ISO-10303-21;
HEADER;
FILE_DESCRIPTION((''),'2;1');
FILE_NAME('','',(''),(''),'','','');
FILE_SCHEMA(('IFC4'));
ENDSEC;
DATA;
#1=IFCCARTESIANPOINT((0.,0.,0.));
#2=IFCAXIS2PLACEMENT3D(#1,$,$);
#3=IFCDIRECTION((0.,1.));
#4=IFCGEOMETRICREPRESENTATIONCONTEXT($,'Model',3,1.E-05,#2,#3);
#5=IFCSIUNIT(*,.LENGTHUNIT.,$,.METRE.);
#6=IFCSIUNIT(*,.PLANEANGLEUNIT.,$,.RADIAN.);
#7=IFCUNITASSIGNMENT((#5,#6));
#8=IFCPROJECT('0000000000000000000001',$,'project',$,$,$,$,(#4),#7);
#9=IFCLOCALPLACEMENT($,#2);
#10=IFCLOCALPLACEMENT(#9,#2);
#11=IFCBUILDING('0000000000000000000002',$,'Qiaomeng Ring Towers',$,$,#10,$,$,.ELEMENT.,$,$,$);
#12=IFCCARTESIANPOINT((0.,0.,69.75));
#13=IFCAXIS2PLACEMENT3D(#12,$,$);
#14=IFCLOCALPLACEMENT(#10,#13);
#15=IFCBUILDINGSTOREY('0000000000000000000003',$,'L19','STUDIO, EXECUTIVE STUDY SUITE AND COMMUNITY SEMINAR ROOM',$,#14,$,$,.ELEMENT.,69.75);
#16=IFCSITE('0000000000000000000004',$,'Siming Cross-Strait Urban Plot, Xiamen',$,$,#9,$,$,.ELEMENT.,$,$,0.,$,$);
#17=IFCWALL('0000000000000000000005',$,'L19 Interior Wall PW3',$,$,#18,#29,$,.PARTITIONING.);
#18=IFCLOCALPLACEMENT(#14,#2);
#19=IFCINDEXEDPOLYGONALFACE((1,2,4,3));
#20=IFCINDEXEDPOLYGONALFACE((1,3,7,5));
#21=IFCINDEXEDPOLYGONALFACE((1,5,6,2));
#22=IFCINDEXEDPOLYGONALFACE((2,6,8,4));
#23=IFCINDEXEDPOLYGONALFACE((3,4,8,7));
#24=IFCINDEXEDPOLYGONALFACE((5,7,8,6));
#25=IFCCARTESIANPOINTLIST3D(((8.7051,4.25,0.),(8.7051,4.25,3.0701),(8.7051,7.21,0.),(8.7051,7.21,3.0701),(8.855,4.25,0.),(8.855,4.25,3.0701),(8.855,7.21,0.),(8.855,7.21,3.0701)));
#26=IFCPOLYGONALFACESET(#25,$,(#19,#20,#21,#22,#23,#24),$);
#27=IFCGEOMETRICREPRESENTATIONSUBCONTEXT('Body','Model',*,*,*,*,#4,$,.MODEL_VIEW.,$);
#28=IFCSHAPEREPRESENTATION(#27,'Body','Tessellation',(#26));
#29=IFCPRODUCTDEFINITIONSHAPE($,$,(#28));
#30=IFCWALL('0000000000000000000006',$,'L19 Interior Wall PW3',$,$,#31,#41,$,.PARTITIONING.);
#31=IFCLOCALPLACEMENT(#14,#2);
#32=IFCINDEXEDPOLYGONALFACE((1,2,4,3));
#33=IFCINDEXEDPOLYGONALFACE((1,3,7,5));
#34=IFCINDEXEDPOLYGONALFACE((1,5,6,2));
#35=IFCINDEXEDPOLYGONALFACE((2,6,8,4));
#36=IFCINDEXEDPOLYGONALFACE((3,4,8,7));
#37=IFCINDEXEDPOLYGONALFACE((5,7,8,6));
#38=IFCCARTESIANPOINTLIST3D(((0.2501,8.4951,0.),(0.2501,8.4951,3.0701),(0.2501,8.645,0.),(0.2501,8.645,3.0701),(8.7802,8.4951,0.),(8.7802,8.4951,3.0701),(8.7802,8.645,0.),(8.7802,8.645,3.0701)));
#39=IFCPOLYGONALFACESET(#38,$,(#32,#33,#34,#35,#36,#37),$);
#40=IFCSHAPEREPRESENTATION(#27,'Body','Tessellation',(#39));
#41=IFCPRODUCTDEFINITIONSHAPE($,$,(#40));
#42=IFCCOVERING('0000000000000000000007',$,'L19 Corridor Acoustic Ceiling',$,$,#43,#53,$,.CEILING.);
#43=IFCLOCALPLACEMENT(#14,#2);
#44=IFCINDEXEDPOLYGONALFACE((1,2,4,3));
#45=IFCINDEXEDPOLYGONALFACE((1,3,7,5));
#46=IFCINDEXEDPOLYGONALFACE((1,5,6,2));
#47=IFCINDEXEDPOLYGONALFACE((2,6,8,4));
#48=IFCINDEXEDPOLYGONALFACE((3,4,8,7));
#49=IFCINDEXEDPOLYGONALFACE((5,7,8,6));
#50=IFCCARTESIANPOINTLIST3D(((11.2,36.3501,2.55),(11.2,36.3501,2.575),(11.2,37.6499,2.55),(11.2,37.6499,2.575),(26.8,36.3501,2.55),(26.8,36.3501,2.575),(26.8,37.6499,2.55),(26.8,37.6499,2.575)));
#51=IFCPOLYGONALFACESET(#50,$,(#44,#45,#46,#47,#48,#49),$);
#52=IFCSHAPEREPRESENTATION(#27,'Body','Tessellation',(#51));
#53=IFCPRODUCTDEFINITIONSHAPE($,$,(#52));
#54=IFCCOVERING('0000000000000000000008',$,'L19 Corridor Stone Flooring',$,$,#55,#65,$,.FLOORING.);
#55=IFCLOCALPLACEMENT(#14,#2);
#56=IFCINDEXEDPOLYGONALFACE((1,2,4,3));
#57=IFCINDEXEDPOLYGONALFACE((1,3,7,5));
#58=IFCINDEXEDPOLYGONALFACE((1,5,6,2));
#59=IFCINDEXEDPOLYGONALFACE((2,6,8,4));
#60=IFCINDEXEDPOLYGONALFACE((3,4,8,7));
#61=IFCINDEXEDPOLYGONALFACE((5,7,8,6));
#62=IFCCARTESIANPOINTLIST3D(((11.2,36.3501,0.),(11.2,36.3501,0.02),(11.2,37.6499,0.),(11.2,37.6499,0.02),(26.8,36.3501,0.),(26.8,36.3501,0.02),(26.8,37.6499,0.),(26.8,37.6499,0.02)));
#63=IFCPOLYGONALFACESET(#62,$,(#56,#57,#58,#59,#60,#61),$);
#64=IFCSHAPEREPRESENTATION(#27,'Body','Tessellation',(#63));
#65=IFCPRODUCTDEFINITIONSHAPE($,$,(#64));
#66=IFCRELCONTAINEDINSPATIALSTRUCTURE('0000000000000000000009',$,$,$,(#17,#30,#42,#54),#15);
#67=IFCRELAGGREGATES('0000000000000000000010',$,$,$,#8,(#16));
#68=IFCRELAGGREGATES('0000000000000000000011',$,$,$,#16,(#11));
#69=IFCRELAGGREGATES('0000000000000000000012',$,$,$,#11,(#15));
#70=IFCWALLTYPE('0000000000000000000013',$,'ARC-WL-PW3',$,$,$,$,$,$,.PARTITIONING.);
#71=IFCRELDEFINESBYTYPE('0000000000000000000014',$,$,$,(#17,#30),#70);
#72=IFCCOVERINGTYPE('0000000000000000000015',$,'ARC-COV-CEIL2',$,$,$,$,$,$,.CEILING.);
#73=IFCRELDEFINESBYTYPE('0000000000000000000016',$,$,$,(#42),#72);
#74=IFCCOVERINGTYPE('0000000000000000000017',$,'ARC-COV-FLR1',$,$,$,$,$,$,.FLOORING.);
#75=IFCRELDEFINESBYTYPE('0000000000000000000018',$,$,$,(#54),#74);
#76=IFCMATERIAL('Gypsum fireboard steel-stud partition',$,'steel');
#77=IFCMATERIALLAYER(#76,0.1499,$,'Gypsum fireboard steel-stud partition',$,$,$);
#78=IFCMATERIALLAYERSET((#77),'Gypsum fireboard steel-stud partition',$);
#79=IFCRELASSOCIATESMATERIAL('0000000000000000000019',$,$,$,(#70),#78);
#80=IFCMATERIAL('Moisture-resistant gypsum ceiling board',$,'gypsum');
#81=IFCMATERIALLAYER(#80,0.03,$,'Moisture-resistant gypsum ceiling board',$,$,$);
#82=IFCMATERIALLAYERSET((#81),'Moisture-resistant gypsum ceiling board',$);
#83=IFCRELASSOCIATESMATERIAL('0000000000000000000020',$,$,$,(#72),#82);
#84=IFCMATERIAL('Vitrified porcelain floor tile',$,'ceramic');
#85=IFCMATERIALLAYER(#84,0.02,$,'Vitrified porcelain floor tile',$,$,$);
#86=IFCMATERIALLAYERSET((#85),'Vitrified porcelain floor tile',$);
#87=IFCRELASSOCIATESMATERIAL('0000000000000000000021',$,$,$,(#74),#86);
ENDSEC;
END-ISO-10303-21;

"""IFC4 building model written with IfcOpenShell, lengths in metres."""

from ifc_helpers import new_model, si_unit, direction, frame, frame_2d, origin, place, context, subcontext, project, spatial, polyline, rectangle, outline, extrude, material, layer, layer_set, type_object, element, save


model = new_model("IFC4")

# Units and contexts
model_context = context("Model", 3, precision=1e-05, world=origin(), true_north=direction((0.0, 1.0)))
body_context = subcontext(model_context, "Body", "Model", "MODEL_VIEW")
ifc_project = project(units=[si_unit("LENGTHUNIT", "METRE"), si_unit("PLANEANGLEUNIT", "RADIAN")], contexts=[model_context])

# Site, building, storey
site_placement = place(None, origin())
site = spatial("IfcSite", under=ifc_project, at=site_placement, Name="Siming Cross-Strait Urban Plot, Xiamen", CompositionType="ELEMENT", RefElevation=0.0)
building_placement = place(site_placement, origin())
building = spatial("IfcBuilding", under=site, at=building_placement, Name="Qiaomeng Ring Towers", CompositionType="ELEMENT")
storey_placement = place(building_placement, frame((0.0, 0.0, 69.75)))
storey = spatial("IfcBuildingStorey", under=building, at=storey_placement, Name="L19", Description="STUDIO, EXECUTIVE STUDY SUITE AND COMMUNITY SEMINAR ROOM", CompositionType="ELEMENT", Elevation=69.75)

# Walls
ifc_material_1 = material(Name="Gypsum fireboard steel-stud partition", Category="steel")
ifc_layer_1 = layer(ifc_material_1, 0.1499, Name="Gypsum fireboard steel-stud partition")
ifc_layer_set_1 = layer_set([ifc_layer_1], Name="Gypsum fireboard steel-stud partition")
wall_type_1 = type_object("IfcWallType", Name="ARC-WL-PW3", PredefinedType="PARTITIONING", material=ifc_layer_set_1)
wall_1_placement = place(storey_placement, frame((8.78, 4.25, 0.0), z_axis=(0.0, 0.0, 1.0), x_axis=(0.0, 1.0, 0.0)))
element("IfcWall", 1, at=wall_1_placement, inside=storey, type_object=wall_type_1, Name="L19 Interior Wall PW3", PredefinedType="PARTITIONING", context=body_context, shape_type="SweptSolid", body=[
    extrude(rectangle(XDim=2.96, YDim=0.1499, at=frame_2d((1.48, 0.0))), origin(), (0.0, 0.0, 1.0), 3.0701),
])
wall_2_placement = place(storey_placement, frame((0.25, 8.5701, 0.0), z_axis=(0.0, 0.0, 1.0), x_axis=(1.0, 0.0, 0.0)))
element("IfcWall", 2, at=wall_2_placement, inside=storey, type_object=wall_type_1, Name="L19 Interior Wall PW3", PredefinedType="PARTITIONING", context=body_context, shape_type="SweptSolid", body=[
    extrude(rectangle(XDim=8.53, YDim=0.1499, at=frame_2d((4.2651, 0.0))), origin(), (0.0, 0.0, 1.0), 3.0701),
])

# Coverings
ifc_material_2 = material(Name="Moisture-resistant gypsum ceiling board", Category="gypsum")
ifc_layer_2 = layer(ifc_material_2, 0.03, Name="Moisture-resistant gypsum ceiling board")
ifc_layer_set_2 = layer_set([ifc_layer_2], Name="Moisture-resistant gypsum ceiling board")
covering_type_1 = type_object("IfcCoveringType", Name="ARC-COV-CEIL2", PredefinedType="CEILING", material=ifc_layer_set_2)
covering_1_placement = place(storey_placement, frame((0.0, 0.0, 2.55)))
element("IfcCovering", 3, at=covering_1_placement, inside=storey, type_object=covering_type_1, Name="L19 Corridor Acoustic Ceiling", PredefinedType="CEILING", context=body_context, shape_type="SweptSolid", body=[
    extrude(outline(polyline([(11.2, 36.3501), (11.2, 37.6499), (26.8, 37.6499), (26.8, 36.3501), (11.2, 36.3501)])), origin(), (0.0, 0.0, 1.0), 0.0249),
])
ifc_material_3 = material(Name="Vitrified porcelain floor tile", Category="ceramic")
ifc_layer_3 = layer(ifc_material_3, 0.02, Name="Vitrified porcelain floor tile")
ifc_layer_set_3 = layer_set([ifc_layer_3], Name="Vitrified porcelain floor tile")
covering_type_2 = type_object("IfcCoveringType", Name="ARC-COV-FLR1", PredefinedType="FLOORING", material=ifc_layer_set_3)
covering_2_placement = place(storey_placement, origin())
element("IfcCovering", 4, at=covering_2_placement, inside=storey, type_object=covering_type_2, Name="L19 Corridor Stone Flooring", PredefinedType="FLOORING", context=body_context, shape_type="SweptSolid", body=[
    extrude(outline(polyline([(11.2, 36.3501), (11.2, 37.6499), (26.8, 37.6499), (26.8, 36.3501), (11.2, 36.3501)])), origin(), (0.0, 0.0, 1.0), 0.02),
])

save(model, "model.ifc")
